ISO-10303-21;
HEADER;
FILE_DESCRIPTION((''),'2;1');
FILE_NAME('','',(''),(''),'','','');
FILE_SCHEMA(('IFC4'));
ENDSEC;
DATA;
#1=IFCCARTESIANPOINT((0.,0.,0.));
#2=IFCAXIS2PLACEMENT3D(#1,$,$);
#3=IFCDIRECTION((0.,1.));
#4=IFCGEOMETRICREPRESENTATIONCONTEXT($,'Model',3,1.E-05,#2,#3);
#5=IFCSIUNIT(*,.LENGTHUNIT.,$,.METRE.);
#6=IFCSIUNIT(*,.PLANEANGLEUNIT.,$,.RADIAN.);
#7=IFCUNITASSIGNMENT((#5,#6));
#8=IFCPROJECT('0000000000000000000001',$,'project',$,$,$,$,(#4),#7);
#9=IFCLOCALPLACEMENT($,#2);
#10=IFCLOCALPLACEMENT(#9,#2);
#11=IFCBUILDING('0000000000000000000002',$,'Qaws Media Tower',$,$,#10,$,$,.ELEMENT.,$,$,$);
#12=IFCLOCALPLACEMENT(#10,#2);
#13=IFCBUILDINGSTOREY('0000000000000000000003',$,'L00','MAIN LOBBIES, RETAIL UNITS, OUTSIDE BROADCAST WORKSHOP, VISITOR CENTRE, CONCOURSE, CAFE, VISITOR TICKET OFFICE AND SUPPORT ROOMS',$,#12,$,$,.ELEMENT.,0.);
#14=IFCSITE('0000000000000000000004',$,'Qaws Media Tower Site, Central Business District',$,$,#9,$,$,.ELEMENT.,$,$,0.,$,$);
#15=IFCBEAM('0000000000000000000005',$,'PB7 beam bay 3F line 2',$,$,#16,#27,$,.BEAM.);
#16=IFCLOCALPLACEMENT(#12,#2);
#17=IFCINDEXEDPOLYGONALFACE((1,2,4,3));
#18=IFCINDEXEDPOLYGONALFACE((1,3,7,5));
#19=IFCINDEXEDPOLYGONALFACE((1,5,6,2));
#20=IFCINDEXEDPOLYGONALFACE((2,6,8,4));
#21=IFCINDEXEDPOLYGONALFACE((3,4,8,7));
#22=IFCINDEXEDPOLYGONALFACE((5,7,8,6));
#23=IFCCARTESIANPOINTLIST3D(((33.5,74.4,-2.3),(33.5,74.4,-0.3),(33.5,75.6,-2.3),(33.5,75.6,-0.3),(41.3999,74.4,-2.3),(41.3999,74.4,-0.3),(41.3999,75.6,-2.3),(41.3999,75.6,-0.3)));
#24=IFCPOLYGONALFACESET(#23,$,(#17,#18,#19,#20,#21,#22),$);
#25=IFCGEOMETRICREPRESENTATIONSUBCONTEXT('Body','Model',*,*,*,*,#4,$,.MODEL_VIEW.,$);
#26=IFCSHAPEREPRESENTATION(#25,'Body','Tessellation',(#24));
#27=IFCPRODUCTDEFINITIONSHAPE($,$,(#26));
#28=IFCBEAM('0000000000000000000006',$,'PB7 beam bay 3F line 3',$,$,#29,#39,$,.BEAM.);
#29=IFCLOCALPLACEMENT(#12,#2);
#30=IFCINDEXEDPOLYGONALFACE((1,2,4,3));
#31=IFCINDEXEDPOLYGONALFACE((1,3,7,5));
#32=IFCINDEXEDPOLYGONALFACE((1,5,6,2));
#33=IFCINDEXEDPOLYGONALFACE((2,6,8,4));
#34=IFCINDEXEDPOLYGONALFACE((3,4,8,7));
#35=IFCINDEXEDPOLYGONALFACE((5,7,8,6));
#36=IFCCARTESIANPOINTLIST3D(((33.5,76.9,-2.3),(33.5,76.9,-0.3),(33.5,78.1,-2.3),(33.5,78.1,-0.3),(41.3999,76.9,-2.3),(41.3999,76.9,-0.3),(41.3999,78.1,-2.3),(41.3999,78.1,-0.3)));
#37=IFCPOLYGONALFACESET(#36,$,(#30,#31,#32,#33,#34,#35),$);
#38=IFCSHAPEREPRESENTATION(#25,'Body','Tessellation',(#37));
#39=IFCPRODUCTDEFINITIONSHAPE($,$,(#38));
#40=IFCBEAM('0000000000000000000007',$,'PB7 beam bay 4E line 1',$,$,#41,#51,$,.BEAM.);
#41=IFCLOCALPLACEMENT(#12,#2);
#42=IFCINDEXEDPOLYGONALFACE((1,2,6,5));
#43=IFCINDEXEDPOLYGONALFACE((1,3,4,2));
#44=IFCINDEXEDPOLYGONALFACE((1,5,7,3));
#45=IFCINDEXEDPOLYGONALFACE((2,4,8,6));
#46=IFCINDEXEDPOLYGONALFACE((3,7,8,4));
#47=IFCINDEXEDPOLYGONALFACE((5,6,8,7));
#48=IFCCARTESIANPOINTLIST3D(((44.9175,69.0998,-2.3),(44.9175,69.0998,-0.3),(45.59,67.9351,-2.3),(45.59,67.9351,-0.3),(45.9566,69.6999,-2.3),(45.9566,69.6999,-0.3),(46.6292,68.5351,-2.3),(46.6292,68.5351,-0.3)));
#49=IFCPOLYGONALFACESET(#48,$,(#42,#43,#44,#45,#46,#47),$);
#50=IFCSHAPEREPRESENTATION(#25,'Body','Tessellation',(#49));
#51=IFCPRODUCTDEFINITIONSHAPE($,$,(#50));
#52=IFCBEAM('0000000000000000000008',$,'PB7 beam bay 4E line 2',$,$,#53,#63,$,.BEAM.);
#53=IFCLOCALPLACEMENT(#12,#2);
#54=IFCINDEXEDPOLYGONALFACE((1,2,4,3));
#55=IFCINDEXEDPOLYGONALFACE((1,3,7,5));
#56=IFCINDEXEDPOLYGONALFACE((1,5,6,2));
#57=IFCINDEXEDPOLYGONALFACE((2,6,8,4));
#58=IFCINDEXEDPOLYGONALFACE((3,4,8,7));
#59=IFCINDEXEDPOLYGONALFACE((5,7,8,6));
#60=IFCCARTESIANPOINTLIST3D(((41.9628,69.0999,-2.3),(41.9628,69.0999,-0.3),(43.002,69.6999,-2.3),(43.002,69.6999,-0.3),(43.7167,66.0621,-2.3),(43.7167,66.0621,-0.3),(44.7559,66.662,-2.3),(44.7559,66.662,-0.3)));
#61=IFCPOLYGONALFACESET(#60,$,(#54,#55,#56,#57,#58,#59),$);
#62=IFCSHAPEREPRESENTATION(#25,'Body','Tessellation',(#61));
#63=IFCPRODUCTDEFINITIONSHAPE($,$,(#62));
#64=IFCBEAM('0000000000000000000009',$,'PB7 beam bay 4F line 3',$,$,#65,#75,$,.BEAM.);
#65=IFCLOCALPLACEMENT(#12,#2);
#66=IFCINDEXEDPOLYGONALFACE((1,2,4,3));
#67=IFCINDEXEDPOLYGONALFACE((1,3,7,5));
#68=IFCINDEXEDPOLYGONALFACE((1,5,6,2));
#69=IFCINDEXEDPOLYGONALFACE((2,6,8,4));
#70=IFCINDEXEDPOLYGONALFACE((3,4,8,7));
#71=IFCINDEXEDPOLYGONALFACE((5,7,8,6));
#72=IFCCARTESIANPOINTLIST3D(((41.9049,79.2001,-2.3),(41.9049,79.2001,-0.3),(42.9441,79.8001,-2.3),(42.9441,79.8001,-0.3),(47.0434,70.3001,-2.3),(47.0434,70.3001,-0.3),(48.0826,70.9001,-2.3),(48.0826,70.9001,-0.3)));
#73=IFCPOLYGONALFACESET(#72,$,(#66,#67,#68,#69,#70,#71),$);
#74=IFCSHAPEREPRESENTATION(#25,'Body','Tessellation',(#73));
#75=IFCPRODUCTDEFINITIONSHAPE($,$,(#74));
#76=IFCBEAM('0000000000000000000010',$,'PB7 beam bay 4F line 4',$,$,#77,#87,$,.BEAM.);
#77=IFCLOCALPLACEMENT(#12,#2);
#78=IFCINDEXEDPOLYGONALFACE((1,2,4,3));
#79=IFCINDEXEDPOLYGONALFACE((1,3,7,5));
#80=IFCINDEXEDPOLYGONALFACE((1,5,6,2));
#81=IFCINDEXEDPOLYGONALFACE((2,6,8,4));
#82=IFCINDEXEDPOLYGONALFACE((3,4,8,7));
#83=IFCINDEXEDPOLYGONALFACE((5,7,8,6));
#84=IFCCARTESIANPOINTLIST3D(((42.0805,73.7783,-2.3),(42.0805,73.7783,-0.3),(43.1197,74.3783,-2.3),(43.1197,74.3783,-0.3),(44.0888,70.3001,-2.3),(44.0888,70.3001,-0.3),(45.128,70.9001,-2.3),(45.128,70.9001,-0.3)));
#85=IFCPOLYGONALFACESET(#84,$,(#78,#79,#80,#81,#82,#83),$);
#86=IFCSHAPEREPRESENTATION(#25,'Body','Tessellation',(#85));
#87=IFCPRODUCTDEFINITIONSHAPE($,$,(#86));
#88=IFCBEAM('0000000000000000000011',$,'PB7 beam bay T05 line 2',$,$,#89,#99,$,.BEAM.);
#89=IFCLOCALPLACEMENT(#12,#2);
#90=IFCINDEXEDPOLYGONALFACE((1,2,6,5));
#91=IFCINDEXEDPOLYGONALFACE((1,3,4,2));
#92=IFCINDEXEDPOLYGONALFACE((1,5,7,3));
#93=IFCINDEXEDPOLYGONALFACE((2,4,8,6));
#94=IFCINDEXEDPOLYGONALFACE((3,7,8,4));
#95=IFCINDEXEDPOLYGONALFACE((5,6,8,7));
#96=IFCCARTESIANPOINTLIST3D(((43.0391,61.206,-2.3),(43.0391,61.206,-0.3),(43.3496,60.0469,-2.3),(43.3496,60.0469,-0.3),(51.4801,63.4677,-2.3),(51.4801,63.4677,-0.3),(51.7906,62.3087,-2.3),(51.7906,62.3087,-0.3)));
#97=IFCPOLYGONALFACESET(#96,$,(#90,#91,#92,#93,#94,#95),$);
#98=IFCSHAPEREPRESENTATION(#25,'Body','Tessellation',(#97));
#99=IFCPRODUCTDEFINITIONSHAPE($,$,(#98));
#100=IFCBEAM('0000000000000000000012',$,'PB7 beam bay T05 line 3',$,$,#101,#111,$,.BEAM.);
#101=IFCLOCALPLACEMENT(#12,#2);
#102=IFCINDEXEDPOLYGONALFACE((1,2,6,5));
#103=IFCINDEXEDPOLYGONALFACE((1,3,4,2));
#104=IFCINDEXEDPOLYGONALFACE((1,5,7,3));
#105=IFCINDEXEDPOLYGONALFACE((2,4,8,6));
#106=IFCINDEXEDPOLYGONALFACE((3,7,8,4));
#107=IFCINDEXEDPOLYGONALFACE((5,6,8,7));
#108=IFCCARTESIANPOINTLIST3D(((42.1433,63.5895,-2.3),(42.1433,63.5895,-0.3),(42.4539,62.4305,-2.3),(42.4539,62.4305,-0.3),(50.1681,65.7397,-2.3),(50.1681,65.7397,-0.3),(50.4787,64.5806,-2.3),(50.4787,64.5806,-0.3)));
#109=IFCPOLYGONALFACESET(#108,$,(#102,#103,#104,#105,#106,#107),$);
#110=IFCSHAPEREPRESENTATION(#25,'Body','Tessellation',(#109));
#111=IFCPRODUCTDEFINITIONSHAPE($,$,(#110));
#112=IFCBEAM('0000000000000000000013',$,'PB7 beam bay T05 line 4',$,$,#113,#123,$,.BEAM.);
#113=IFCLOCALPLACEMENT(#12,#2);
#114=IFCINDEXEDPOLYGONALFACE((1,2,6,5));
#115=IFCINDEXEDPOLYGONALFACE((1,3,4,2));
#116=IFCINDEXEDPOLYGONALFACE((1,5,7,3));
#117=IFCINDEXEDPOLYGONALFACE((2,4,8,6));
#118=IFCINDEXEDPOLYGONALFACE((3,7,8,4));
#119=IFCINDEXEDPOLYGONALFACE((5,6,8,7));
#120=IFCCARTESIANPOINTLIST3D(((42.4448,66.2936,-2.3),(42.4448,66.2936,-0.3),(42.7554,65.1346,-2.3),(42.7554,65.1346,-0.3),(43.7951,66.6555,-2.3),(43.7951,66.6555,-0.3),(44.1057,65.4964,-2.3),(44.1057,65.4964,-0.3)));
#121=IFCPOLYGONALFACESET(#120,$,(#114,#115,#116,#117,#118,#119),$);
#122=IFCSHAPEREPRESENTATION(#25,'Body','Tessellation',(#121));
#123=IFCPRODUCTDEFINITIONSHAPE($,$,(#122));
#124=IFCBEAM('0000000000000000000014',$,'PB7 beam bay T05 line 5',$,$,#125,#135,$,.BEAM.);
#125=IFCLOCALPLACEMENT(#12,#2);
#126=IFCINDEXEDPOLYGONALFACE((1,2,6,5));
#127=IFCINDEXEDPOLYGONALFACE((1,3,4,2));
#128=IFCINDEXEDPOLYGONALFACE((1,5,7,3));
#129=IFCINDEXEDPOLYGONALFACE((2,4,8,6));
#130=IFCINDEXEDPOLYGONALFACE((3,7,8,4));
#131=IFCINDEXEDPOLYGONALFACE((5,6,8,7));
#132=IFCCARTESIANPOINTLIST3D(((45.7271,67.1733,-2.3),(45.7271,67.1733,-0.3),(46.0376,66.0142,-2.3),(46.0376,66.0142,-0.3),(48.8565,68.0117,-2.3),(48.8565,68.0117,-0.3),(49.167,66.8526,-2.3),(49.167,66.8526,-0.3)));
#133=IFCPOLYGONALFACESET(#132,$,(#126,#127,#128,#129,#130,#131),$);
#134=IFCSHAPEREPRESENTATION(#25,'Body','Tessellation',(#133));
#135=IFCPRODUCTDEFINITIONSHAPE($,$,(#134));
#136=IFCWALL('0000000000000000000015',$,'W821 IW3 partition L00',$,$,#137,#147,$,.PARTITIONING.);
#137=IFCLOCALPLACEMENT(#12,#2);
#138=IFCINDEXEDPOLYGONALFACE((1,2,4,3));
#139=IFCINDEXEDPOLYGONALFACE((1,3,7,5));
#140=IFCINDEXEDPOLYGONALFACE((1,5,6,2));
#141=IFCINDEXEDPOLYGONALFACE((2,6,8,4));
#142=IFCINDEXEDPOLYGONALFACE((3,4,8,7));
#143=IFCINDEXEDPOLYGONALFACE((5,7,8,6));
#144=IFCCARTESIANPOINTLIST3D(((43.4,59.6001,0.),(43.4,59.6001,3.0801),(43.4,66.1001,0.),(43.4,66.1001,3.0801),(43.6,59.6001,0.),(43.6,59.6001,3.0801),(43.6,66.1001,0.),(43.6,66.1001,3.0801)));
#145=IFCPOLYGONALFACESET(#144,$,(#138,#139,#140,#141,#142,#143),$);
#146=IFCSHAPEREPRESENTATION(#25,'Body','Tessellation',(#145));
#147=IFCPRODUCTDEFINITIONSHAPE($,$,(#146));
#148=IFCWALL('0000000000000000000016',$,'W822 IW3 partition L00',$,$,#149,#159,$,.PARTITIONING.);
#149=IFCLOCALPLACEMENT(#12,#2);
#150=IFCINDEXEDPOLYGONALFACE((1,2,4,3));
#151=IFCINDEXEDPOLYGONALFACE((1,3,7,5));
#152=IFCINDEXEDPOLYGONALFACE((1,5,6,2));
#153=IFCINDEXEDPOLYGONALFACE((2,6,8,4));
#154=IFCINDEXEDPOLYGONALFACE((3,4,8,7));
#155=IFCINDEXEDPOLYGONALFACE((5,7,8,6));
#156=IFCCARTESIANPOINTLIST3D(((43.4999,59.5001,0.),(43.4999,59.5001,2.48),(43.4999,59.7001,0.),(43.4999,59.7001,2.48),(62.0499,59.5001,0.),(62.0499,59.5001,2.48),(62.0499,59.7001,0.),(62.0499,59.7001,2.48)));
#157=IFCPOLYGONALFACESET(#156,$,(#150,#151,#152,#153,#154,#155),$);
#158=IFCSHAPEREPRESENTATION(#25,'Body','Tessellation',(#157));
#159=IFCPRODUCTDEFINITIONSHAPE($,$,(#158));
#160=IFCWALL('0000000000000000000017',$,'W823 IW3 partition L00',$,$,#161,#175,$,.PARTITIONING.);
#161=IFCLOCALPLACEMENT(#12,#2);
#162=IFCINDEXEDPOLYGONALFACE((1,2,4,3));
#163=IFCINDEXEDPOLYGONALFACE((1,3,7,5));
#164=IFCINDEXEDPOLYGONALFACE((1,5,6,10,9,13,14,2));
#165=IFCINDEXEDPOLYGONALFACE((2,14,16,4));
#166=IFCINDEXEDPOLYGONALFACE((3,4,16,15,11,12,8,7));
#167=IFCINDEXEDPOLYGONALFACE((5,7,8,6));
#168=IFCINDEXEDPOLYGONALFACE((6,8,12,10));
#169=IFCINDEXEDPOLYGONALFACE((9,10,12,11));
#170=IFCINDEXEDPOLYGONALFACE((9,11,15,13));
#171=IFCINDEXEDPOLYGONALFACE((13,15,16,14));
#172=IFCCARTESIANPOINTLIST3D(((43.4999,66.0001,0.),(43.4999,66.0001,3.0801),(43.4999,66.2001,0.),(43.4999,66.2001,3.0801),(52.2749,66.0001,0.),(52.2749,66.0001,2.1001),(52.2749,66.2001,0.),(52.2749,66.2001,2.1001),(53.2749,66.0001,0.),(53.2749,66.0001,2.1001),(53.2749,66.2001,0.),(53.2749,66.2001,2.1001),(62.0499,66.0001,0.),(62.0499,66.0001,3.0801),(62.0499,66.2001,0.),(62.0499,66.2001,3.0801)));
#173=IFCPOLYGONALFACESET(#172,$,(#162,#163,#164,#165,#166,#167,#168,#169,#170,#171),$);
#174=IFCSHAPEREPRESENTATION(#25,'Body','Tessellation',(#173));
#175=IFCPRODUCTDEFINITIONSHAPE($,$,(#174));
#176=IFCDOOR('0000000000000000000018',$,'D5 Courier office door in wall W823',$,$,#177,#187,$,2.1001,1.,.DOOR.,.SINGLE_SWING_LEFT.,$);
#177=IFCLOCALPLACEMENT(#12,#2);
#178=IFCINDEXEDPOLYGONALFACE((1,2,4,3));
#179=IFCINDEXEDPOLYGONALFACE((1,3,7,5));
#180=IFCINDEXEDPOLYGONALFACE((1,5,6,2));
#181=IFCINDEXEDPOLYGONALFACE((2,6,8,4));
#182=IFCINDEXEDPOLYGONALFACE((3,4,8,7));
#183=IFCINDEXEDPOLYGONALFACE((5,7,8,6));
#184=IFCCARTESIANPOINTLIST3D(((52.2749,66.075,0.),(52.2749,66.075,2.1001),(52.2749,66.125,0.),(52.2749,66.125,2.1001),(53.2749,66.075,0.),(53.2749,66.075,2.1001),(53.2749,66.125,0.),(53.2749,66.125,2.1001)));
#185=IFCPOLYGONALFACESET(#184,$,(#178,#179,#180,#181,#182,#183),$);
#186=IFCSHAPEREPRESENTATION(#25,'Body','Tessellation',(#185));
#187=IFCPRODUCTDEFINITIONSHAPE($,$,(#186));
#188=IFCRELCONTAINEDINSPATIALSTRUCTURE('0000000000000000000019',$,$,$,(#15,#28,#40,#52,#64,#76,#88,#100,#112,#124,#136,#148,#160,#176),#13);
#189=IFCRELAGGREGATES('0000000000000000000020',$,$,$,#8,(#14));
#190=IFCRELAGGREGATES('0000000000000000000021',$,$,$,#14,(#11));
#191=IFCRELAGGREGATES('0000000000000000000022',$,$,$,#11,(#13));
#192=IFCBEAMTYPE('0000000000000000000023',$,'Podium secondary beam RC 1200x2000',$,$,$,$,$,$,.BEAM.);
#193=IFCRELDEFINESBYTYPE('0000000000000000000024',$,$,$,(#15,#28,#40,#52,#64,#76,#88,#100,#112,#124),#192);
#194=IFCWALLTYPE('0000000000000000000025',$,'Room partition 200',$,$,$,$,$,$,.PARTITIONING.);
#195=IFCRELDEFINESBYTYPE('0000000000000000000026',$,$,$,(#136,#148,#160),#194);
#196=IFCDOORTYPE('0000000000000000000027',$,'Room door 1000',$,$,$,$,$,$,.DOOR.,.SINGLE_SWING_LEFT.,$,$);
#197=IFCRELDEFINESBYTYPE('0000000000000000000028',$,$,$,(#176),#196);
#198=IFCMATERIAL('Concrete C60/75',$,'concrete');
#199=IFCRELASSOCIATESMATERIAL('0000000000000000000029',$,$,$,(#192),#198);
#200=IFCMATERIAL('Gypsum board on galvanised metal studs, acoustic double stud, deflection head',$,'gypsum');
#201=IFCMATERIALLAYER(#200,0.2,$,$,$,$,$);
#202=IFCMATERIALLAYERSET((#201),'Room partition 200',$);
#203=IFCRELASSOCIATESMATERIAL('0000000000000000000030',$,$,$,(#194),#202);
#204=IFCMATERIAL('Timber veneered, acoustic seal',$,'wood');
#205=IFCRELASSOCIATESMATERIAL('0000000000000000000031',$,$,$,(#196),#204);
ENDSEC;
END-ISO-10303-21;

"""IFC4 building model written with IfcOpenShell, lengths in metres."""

from ifc_helpers import new_model, si_unit, direction, frame, frame_2d, origin, origin_2d, place, context, subcontext, project, spatial, rectangle, extrude, material, layer, layer_set, material_profile, profile_set, type_object, element, fill, save


model = new_model("IFC4")

# Units and contexts
model_context = context("Model", 3, precision=1e-05, world=origin(), true_north=direction((0.0, 1.0)))
body_context = subcontext(model_context, "Body", "Model", "MODEL_VIEW")
ifc_project = project(units=[si_unit("LENGTHUNIT", "METRE"), si_unit("PLANEANGLEUNIT", "RADIAN")], contexts=[model_context])

# Site, building, storey
site_placement = place(None, origin())
site = spatial("IfcSite", under=ifc_project, at=site_placement, Name="Qaws Media Tower Site, Central Business District", CompositionType="ELEMENT", RefElevation=0.0)
building_placement = place(site_placement, origin())
building = spatial("IfcBuilding", under=site, at=building_placement, Name="Qaws Media Tower", CompositionType="ELEMENT")
storey_placement = place(building_placement, origin())
storey = spatial("IfcBuildingStorey", under=building, at=storey_placement, Name="L00", Description="MAIN LOBBIES, RETAIL UNITS, OUTSIDE BROADCAST WORKSHOP, VISITOR CENTRE, CONCOURSE, CAFE, VISITOR TICKET OFFICE AND SUPPORT ROOMS", CompositionType="ELEMENT", Elevation=0.0)

# Beams
ifc_material_1 = material(Name="Concrete C60/75", Category="concrete")
ifc_material_profile_1 = material_profile(ifc_material_1, rectangle(XDim=1.2, YDim=2.0, at=origin_2d()), Name="RC 1200x2000")
ifc_profile_set_1 = profile_set([ifc_material_profile_1], Name="Concrete C60/75")
beam_type_1 = type_object("IfcBeamType", Name="Podium secondary beam RC 1200x2000", PredefinedType="BEAM", material=ifc_profile_set_1)
for number, where, z_axis, x_axis, name in (
    (1, (33.5, 75.0, -1.3), (1.0, 0.0, 0.0), (0.0, 1.0, 0.0), "PB7 beam bay 3F line 2"),
    (2, (33.5, 77.5, -1.3), (1.0, 0.0, 0.0), (0.0, 1.0, 0.0), "PB7 beam bay 3F line 3"),
):
    element("IfcBeam", number, at=place(storey_placement, frame(where, z_axis=z_axis, x_axis=x_axis)), inside=storey, type_object=beam_type_1, Name=name, PredefinedType="BEAM", context=body_context, shape_type="SweptSolid", body=[
        extrude(rectangle(XDim=1.2, YDim=2.0, at=origin_2d()), origin(), (0.0, 0.0, 1.0), 7.8999),
    ])
beam_1_placement = place(storey_placement, frame((46.1096, 68.2351, -1.3), z_axis=(-0.500063, 0.865989, 0.0), x_axis=(-0.865989, -0.500063, 0.0)))
element("IfcBeam", 3, at=beam_1_placement, inside=storey, type_object=beam_type_1, Name="PB7 beam bay 4E line 1", PredefinedType="BEAM", context=body_context, shape_type="SweptSolid", body=[
    extrude(rectangle(XDim=1.2, YDim=2.0, at=origin_2d()), origin(), (0.0, 0.0, 1.0), 1.345),
])
beam_2_placement = place(storey_placement, frame((44.2363, 66.3621, -1.3), z_axis=(-0.500002, 0.866024, 0.0), x_axis=(-0.866024, -0.500002, 0.0)))
element("IfcBeam", 4, at=beam_2_placement, inside=storey, type_object=beam_type_1, Name="PB7 beam bay 4E line 2", PredefinedType="BEAM", context=body_context, shape_type="SweptSolid", body=[
    extrude(rectangle(XDim=1.2, YDim=2.0, at=origin_2d()), origin(), (0.0, 0.0, 1.0), 3.5078),
])
beam_3_placement = place(storey_placement, frame((47.563, 70.6001, -1.3), z_axis=(-0.500005, 0.866023, 0.0), x_axis=(-0.866023, -0.500005, 0.0)))
element("IfcBeam", 5, at=beam_3_placement, inside=storey, type_object=beam_type_1, Name="PB7 beam bay 4F line 3", PredefinedType="BEAM", context=body_context, shape_type="SweptSolid", body=[
    extrude(rectangle(XDim=1.2, YDim=2.0, at=origin_2d()), origin(), (0.0, 0.0, 1.0), 10.2769),
])
beam_4_placement = place(storey_placement, frame((44.6084, 70.6001, -1.3), z_axis=(-0.500022, 0.866012, 0.0), x_axis=(-0.866012, -0.500022, 0.0)))
element("IfcBeam", 6, at=beam_4_placement, inside=storey, type_object=beam_type_1, Name="PB7 beam bay 4F line 4", PredefinedType="BEAM", context=body_context, shape_type="SweptSolid", body=[
    extrude(rectangle(XDim=1.2, YDim=2.0, at=origin_2d()), origin(), (0.0, 0.0, 1.0), 4.0164),
])
beam_5_placement = place(storey_placement, frame((43.1943, 60.6265, -1.3), z_axis=(0.965926, 0.258817, 0.0), x_axis=(-0.258817, 0.965926, 0.0)))
element("IfcBeam", 7, at=beam_5_placement, inside=storey, type_object=beam_type_1, Name="PB7 beam bay T05 line 2", PredefinedType="BEAM", context=body_context, shape_type="SweptSolid", body=[
    extrude(rectangle(XDim=1.2, YDim=2.0, at=origin_2d()), origin(), (0.0, 0.0, 1.0), 8.7388),
])
beam_6_placement = place(storey_placement, frame((42.2986, 63.01, -1.3), z_axis=(0.965929, 0.258806, 0.0), x_axis=(-0.258806, 0.965929, 0.0)))
element("IfcBeam", 8, at=beam_6_placement, inside=storey, type_object=beam_type_1, Name="PB7 beam bay T05 line 3", PredefinedType="BEAM", context=body_context, shape_type="SweptSolid", body=[
    extrude(rectangle(XDim=1.2, YDim=2.0, at=origin_2d()), origin(), (0.0, 0.0, 1.0), 8.3079),
])
beam_7_placement = place(storey_placement, frame((42.6001, 65.7141, -1.3), z_axis=(0.965927, 0.258815, 0.0), x_axis=(-0.258815, 0.965927, 0.0)))
element("IfcBeam", 9, at=beam_7_placement, inside=storey, type_object=beam_type_1, Name="PB7 beam bay T05 line 4", PredefinedType="BEAM", context=body_context, shape_type="SweptSolid", body=[
    extrude(rectangle(XDim=1.2, YDim=2.0, at=origin_2d()), origin(), (0.0, 0.0, 1.0), 1.3979),
])
beam_8_placement = place(storey_placement, frame((45.8823, 66.5938, -1.3), z_axis=(0.965937, 0.258779, 0.0), x_axis=(-0.258779, 0.965937, 0.0)))
element("IfcBeam", 10, at=beam_8_placement, inside=storey, type_object=beam_type_1, Name="PB7 beam bay T05 line 5", PredefinedType="BEAM", context=body_context, shape_type="SweptSolid", body=[
    extrude(rectangle(XDim=1.2, YDim=2.0, at=origin_2d()), origin(), (0.0, 0.0, 1.0), 3.2397),
])

# Walls
ifc_material_2 = material(Name="Gypsum board on galvanised metal studs, acoustic double stud, deflection head", Category="gypsum")
ifc_layer = layer(ifc_material_2, 0.2)
ifc_layer_set = layer_set([ifc_layer], Name="Room partition 200")
wall_type = type_object("IfcWallType", Name="Room partition 200", PredefinedType="PARTITIONING", material=ifc_layer_set)
wall_1_placement = place(storey_placement, frame((43.5, 59.6001, 0.0), z_axis=(0.0, 0.0, 1.0), x_axis=(0.0, 1.0, 0.0)))
element("IfcWall", 11, at=wall_1_placement, inside=storey, type_object=wall_type, Name="W821 IW3 partition L00", PredefinedType="PARTITIONING", context=body_context, shape_type="SweptSolid", body=[
    extrude(rectangle(XDim=6.5, YDim=0.2, at=frame_2d((3.25, 0.0))), origin(), (0.0, 0.0, 1.0), 3.0801),
])
wall_2_placement = place(storey_placement, frame((43.5, 59.6001, 0.0), z_axis=(0.0, 0.0, 1.0), x_axis=(1.0, 0.0, 0.0)))
element("IfcWall", 12, at=wall_2_placement, inside=storey, type_object=wall_type, Name="W822 IW3 partition L00", PredefinedType="PARTITIONING", context=body_context, shape_type="SweptSolid", body=[
    extrude(rectangle(XDim=18.55, YDim=0.2, at=frame_2d((9.2749, 0.0))), origin(), (0.0, 0.0, 1.0), 2.48),
])

# Wall, opening, door
wall_3_placement = place(storey_placement, frame((43.5, 66.1001, 0.0), z_axis=(0.0, 0.0, 1.0), x_axis=(1.0, 0.0, 0.0)))
wall_3 = element("IfcWall", 13, at=wall_3_placement, inside=storey, type_object=wall_type, Name="W823 IW3 partition L00", PredefinedType="PARTITIONING", context=body_context, shape_type="SweptSolid", body=[
    extrude(rectangle(XDim=18.55, YDim=0.2, at=frame_2d((9.2749, 0.0))), origin(), (0.0, 0.0, 1.0), 3.0801),
])
opening_1_placement = place(wall_3_placement, frame((8.7749, 0.0, 0.0)))
opening_1 = element("IfcOpeningElement", 14, at=opening_1_placement, cuts=wall_3, PredefinedType="OPENING", context=body_context, shape_type="SweptSolid", body=[
    extrude(rectangle(XDim=1.0, YDim=2.1001, at=frame_2d((0.5, 1.05))), frame((0.0, 0.1099, 0.0), z_axis=(0.0, -1.0, 0.0), x_axis=(1.0, 0.0, 0.0)), (0.0, 0.0, 1.0), 0.22),
])
ifc_material_3 = material(Name="Timber veneered, acoustic seal", Category="wood")
door_type_1 = type_object("IfcDoorType", Name="Room door 1000", OperationType="SINGLE_SWING_LEFT", PredefinedType="DOOR", material=ifc_material_3)
door_1_placement = place(opening_1_placement, origin())
door_1 = element("IfcDoor", 15, at=door_1_placement, inside=storey, type_object=door_type_1, Name="D5 Courier office door in wall W823", OperationType="SINGLE_SWING_LEFT", OverallHeight=2.1001, OverallWidth=1.0, PredefinedType="DOOR", context=body_context, shape_type="SweptSolid", body=[
    extrude(rectangle(XDim=1.0, YDim=2.1001, at=frame_2d((0.5, 1.05))), frame((0.0, 0.0249, 0.0), z_axis=(0.0, -1.0, 0.0), x_axis=(1.0, 0.0, 0.0)), (0.0, 0.0, 1.0), 0.05),
])
fill(opening_1, door_1)

save(model, "model.ifc")
